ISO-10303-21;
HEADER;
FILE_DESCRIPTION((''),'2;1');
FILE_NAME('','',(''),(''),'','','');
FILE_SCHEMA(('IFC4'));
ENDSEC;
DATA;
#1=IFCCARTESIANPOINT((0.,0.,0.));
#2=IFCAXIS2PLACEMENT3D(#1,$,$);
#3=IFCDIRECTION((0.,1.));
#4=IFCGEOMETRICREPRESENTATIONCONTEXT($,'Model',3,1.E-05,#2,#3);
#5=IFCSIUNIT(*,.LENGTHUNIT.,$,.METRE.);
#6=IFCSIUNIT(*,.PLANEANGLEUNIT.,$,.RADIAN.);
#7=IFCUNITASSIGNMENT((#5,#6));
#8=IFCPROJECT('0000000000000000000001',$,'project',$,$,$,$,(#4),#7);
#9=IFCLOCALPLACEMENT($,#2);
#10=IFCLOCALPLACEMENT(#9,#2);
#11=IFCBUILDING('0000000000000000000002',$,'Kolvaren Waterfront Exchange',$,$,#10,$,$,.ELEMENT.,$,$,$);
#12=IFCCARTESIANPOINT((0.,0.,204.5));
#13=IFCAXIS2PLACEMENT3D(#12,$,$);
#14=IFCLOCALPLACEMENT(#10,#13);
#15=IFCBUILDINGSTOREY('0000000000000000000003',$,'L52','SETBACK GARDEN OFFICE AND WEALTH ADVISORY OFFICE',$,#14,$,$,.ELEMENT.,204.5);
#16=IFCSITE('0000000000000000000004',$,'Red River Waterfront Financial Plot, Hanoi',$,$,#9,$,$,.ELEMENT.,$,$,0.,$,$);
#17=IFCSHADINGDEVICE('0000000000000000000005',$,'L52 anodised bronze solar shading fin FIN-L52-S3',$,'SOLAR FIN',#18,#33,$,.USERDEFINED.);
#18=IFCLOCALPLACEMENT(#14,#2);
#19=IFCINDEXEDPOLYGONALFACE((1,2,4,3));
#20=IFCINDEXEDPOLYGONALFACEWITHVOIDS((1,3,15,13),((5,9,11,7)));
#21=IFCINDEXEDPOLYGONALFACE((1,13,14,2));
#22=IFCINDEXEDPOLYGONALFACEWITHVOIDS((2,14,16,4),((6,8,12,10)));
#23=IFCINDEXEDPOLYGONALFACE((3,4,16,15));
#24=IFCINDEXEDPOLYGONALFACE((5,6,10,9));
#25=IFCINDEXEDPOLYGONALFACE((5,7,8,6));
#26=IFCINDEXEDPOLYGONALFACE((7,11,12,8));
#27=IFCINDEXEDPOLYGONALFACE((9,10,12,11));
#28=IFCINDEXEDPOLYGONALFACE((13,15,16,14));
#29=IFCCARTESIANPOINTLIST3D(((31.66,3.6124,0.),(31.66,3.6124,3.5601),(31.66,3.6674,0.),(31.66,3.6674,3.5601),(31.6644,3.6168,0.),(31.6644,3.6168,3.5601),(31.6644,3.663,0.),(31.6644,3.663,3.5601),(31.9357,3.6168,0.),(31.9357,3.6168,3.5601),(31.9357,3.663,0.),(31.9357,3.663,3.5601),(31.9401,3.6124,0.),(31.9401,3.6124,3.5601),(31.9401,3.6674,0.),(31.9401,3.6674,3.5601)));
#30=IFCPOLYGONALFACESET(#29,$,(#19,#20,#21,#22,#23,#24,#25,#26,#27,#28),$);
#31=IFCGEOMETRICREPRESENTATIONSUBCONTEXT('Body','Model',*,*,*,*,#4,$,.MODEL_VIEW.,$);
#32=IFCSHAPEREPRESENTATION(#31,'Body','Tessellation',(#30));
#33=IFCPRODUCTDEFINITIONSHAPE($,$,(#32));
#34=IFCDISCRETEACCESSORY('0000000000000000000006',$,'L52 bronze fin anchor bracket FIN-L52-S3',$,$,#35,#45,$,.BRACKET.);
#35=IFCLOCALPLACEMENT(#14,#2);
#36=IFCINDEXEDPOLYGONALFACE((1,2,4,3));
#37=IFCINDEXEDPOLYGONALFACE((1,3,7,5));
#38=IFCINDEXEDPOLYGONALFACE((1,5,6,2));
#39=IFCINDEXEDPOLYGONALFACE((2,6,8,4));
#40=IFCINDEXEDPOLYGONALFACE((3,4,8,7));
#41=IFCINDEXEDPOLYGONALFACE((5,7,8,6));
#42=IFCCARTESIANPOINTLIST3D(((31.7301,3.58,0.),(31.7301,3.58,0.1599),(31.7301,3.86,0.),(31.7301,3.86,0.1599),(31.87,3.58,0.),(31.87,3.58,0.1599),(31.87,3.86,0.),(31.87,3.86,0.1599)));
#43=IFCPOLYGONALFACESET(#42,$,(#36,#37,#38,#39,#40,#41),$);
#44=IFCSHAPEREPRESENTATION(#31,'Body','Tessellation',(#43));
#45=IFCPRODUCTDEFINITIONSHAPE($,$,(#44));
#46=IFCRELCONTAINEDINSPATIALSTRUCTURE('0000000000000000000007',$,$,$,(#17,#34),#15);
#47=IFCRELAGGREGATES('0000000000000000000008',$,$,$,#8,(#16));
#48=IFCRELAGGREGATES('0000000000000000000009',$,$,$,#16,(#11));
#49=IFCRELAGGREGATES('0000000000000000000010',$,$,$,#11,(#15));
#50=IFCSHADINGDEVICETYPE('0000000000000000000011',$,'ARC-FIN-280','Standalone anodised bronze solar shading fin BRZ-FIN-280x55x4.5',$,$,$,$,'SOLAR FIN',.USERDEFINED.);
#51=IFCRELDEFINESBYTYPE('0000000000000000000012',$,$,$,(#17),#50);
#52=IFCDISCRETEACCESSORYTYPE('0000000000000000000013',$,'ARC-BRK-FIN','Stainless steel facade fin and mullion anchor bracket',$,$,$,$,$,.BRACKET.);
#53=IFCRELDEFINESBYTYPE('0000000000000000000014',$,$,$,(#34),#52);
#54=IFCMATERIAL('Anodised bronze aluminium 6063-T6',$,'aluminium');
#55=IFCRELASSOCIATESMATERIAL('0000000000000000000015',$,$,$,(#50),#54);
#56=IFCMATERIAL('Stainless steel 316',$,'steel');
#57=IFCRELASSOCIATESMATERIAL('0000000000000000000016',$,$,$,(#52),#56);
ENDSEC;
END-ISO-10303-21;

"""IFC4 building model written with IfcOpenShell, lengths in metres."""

from ifc_helpers import new_model, si_unit, direction, frame, origin, origin_with_axes, origin_2d, place, context, subcontext, project, spatial, rectangle, hollow_rectangle, extrude, source, transform, mapped, material, material_profile, profile_set, type_object, element, save


model = new_model("IFC4")

# Units and contexts
model_context = context("Model", 3, precision=1e-05, world=origin(), true_north=direction((0.0, 1.0)))
body_context = subcontext(model_context, "Body", "Model", "MODEL_VIEW")
ifc_project = project(units=[si_unit("LENGTHUNIT", "METRE"), si_unit("PLANEANGLEUNIT", "RADIAN")], contexts=[model_context])

# Site, building, storey
site_placement = place(None, origin())
site = spatial("IfcSite", under=ifc_project, at=site_placement, Name="Red River Waterfront Financial Plot, Hanoi", CompositionType="ELEMENT", RefElevation=0.0)
building_placement = place(site_placement, origin())
building = spatial("IfcBuilding", under=site, at=building_placement, Name="Kolvaren Waterfront Exchange", CompositionType="ELEMENT")
storey_placement = place(building_placement, frame((0.0, 0.0, 204.5)))
storey = spatial("IfcBuildingStorey", under=building, at=storey_placement, Name="L52", Description="SETBACK GARDEN OFFICE AND WEALTH ADVISORY OFFICE", CompositionType="ELEMENT", Elevation=204.5)

# Shared definitions
ifc_material_1 = material(Name="Anodised bronze aluminium 6063-T6", Category="aluminium")

# Shading device
ifc_material_profile_1 = material_profile(ifc_material_1, hollow_rectangle(XDim=0.0549, YDim=0.28, WallThickness=0.0044, at=origin_2d()), Name="BRZ-FIN-280x55x4.5")
ifc_profile_set_1 = profile_set([ifc_material_profile_1], Name="Anodised bronze aluminium 6063-T6")
shading_device_type = type_object("IfcShadingDeviceType", Name="ARC-FIN-280", Description="Standalone anodised bronze solar shading fin BRZ-FIN-280x55x4.5", ElementType="SOLAR FIN", PredefinedType="USERDEFINED", material=ifc_profile_set_1)
shading_device_placement = place(storey_placement, frame((31.8, 3.6399, 0.0), z_axis=(0.0, 0.0, 1.0), x_axis=(0.0, -1.0, 0.0)))
element("IfcShadingDevice", 1, at=shading_device_placement, inside=storey, type_object=shading_device_type, Name="L52 anodised bronze solar shading fin FIN-L52-S3", ObjectType="SOLAR FIN", PredefinedType="USERDEFINED", context=body_context, shape_type="SweptSolid", body=[
    extrude(hollow_rectangle(XDim=0.0549, YDim=0.28, WallThickness=0.0044, at=origin_2d()), origin(), (0.0, 0.0, 1.0), 3.5601),
])

# Discrete accessory
ifc_material_2 = material(Name="Stainless steel 316", Category="steel")
discrete_accessory_type = type_object("IfcDiscreteAccessoryType", Name="ARC-BRK-FIN", Description="Stainless steel facade fin and mullion anchor bracket", PredefinedType="BRACKET", material=ifc_material_2)
shared_shape_1 = source(origin_with_axes(), body_context, "Body", "SweptSolid", [
    extrude(rectangle(XDim=0.28, YDim=0.1399, at=origin_2d()), origin(), (0.0, 0.0, 1.0), 0.1599),
])
discrete_accessory_placement = place(storey_placement, frame((31.8, 3.72, 0.0), z_axis=(0.0, 0.0, 1.0), x_axis=(0.0, -1.0, 0.0)))
element("IfcDiscreteAccessory", 2, at=discrete_accessory_placement, inside=storey, type_object=discrete_accessory_type, Name="L52 bronze fin anchor bracket FIN-L52-S3", PredefinedType="BRACKET", context=body_context, shape_type="MappedRepresentation", body=[
    mapped(shared_shape_1, transform((0.0, 0.0, 0.0), x_axis=(1.0, 0.0, 0.0), y_axis=(0.0, 1.0, 0.0), z_axis=(0.0, 0.0, 1.0), scale=1.0)),
])

save(model, "model.ifc")
